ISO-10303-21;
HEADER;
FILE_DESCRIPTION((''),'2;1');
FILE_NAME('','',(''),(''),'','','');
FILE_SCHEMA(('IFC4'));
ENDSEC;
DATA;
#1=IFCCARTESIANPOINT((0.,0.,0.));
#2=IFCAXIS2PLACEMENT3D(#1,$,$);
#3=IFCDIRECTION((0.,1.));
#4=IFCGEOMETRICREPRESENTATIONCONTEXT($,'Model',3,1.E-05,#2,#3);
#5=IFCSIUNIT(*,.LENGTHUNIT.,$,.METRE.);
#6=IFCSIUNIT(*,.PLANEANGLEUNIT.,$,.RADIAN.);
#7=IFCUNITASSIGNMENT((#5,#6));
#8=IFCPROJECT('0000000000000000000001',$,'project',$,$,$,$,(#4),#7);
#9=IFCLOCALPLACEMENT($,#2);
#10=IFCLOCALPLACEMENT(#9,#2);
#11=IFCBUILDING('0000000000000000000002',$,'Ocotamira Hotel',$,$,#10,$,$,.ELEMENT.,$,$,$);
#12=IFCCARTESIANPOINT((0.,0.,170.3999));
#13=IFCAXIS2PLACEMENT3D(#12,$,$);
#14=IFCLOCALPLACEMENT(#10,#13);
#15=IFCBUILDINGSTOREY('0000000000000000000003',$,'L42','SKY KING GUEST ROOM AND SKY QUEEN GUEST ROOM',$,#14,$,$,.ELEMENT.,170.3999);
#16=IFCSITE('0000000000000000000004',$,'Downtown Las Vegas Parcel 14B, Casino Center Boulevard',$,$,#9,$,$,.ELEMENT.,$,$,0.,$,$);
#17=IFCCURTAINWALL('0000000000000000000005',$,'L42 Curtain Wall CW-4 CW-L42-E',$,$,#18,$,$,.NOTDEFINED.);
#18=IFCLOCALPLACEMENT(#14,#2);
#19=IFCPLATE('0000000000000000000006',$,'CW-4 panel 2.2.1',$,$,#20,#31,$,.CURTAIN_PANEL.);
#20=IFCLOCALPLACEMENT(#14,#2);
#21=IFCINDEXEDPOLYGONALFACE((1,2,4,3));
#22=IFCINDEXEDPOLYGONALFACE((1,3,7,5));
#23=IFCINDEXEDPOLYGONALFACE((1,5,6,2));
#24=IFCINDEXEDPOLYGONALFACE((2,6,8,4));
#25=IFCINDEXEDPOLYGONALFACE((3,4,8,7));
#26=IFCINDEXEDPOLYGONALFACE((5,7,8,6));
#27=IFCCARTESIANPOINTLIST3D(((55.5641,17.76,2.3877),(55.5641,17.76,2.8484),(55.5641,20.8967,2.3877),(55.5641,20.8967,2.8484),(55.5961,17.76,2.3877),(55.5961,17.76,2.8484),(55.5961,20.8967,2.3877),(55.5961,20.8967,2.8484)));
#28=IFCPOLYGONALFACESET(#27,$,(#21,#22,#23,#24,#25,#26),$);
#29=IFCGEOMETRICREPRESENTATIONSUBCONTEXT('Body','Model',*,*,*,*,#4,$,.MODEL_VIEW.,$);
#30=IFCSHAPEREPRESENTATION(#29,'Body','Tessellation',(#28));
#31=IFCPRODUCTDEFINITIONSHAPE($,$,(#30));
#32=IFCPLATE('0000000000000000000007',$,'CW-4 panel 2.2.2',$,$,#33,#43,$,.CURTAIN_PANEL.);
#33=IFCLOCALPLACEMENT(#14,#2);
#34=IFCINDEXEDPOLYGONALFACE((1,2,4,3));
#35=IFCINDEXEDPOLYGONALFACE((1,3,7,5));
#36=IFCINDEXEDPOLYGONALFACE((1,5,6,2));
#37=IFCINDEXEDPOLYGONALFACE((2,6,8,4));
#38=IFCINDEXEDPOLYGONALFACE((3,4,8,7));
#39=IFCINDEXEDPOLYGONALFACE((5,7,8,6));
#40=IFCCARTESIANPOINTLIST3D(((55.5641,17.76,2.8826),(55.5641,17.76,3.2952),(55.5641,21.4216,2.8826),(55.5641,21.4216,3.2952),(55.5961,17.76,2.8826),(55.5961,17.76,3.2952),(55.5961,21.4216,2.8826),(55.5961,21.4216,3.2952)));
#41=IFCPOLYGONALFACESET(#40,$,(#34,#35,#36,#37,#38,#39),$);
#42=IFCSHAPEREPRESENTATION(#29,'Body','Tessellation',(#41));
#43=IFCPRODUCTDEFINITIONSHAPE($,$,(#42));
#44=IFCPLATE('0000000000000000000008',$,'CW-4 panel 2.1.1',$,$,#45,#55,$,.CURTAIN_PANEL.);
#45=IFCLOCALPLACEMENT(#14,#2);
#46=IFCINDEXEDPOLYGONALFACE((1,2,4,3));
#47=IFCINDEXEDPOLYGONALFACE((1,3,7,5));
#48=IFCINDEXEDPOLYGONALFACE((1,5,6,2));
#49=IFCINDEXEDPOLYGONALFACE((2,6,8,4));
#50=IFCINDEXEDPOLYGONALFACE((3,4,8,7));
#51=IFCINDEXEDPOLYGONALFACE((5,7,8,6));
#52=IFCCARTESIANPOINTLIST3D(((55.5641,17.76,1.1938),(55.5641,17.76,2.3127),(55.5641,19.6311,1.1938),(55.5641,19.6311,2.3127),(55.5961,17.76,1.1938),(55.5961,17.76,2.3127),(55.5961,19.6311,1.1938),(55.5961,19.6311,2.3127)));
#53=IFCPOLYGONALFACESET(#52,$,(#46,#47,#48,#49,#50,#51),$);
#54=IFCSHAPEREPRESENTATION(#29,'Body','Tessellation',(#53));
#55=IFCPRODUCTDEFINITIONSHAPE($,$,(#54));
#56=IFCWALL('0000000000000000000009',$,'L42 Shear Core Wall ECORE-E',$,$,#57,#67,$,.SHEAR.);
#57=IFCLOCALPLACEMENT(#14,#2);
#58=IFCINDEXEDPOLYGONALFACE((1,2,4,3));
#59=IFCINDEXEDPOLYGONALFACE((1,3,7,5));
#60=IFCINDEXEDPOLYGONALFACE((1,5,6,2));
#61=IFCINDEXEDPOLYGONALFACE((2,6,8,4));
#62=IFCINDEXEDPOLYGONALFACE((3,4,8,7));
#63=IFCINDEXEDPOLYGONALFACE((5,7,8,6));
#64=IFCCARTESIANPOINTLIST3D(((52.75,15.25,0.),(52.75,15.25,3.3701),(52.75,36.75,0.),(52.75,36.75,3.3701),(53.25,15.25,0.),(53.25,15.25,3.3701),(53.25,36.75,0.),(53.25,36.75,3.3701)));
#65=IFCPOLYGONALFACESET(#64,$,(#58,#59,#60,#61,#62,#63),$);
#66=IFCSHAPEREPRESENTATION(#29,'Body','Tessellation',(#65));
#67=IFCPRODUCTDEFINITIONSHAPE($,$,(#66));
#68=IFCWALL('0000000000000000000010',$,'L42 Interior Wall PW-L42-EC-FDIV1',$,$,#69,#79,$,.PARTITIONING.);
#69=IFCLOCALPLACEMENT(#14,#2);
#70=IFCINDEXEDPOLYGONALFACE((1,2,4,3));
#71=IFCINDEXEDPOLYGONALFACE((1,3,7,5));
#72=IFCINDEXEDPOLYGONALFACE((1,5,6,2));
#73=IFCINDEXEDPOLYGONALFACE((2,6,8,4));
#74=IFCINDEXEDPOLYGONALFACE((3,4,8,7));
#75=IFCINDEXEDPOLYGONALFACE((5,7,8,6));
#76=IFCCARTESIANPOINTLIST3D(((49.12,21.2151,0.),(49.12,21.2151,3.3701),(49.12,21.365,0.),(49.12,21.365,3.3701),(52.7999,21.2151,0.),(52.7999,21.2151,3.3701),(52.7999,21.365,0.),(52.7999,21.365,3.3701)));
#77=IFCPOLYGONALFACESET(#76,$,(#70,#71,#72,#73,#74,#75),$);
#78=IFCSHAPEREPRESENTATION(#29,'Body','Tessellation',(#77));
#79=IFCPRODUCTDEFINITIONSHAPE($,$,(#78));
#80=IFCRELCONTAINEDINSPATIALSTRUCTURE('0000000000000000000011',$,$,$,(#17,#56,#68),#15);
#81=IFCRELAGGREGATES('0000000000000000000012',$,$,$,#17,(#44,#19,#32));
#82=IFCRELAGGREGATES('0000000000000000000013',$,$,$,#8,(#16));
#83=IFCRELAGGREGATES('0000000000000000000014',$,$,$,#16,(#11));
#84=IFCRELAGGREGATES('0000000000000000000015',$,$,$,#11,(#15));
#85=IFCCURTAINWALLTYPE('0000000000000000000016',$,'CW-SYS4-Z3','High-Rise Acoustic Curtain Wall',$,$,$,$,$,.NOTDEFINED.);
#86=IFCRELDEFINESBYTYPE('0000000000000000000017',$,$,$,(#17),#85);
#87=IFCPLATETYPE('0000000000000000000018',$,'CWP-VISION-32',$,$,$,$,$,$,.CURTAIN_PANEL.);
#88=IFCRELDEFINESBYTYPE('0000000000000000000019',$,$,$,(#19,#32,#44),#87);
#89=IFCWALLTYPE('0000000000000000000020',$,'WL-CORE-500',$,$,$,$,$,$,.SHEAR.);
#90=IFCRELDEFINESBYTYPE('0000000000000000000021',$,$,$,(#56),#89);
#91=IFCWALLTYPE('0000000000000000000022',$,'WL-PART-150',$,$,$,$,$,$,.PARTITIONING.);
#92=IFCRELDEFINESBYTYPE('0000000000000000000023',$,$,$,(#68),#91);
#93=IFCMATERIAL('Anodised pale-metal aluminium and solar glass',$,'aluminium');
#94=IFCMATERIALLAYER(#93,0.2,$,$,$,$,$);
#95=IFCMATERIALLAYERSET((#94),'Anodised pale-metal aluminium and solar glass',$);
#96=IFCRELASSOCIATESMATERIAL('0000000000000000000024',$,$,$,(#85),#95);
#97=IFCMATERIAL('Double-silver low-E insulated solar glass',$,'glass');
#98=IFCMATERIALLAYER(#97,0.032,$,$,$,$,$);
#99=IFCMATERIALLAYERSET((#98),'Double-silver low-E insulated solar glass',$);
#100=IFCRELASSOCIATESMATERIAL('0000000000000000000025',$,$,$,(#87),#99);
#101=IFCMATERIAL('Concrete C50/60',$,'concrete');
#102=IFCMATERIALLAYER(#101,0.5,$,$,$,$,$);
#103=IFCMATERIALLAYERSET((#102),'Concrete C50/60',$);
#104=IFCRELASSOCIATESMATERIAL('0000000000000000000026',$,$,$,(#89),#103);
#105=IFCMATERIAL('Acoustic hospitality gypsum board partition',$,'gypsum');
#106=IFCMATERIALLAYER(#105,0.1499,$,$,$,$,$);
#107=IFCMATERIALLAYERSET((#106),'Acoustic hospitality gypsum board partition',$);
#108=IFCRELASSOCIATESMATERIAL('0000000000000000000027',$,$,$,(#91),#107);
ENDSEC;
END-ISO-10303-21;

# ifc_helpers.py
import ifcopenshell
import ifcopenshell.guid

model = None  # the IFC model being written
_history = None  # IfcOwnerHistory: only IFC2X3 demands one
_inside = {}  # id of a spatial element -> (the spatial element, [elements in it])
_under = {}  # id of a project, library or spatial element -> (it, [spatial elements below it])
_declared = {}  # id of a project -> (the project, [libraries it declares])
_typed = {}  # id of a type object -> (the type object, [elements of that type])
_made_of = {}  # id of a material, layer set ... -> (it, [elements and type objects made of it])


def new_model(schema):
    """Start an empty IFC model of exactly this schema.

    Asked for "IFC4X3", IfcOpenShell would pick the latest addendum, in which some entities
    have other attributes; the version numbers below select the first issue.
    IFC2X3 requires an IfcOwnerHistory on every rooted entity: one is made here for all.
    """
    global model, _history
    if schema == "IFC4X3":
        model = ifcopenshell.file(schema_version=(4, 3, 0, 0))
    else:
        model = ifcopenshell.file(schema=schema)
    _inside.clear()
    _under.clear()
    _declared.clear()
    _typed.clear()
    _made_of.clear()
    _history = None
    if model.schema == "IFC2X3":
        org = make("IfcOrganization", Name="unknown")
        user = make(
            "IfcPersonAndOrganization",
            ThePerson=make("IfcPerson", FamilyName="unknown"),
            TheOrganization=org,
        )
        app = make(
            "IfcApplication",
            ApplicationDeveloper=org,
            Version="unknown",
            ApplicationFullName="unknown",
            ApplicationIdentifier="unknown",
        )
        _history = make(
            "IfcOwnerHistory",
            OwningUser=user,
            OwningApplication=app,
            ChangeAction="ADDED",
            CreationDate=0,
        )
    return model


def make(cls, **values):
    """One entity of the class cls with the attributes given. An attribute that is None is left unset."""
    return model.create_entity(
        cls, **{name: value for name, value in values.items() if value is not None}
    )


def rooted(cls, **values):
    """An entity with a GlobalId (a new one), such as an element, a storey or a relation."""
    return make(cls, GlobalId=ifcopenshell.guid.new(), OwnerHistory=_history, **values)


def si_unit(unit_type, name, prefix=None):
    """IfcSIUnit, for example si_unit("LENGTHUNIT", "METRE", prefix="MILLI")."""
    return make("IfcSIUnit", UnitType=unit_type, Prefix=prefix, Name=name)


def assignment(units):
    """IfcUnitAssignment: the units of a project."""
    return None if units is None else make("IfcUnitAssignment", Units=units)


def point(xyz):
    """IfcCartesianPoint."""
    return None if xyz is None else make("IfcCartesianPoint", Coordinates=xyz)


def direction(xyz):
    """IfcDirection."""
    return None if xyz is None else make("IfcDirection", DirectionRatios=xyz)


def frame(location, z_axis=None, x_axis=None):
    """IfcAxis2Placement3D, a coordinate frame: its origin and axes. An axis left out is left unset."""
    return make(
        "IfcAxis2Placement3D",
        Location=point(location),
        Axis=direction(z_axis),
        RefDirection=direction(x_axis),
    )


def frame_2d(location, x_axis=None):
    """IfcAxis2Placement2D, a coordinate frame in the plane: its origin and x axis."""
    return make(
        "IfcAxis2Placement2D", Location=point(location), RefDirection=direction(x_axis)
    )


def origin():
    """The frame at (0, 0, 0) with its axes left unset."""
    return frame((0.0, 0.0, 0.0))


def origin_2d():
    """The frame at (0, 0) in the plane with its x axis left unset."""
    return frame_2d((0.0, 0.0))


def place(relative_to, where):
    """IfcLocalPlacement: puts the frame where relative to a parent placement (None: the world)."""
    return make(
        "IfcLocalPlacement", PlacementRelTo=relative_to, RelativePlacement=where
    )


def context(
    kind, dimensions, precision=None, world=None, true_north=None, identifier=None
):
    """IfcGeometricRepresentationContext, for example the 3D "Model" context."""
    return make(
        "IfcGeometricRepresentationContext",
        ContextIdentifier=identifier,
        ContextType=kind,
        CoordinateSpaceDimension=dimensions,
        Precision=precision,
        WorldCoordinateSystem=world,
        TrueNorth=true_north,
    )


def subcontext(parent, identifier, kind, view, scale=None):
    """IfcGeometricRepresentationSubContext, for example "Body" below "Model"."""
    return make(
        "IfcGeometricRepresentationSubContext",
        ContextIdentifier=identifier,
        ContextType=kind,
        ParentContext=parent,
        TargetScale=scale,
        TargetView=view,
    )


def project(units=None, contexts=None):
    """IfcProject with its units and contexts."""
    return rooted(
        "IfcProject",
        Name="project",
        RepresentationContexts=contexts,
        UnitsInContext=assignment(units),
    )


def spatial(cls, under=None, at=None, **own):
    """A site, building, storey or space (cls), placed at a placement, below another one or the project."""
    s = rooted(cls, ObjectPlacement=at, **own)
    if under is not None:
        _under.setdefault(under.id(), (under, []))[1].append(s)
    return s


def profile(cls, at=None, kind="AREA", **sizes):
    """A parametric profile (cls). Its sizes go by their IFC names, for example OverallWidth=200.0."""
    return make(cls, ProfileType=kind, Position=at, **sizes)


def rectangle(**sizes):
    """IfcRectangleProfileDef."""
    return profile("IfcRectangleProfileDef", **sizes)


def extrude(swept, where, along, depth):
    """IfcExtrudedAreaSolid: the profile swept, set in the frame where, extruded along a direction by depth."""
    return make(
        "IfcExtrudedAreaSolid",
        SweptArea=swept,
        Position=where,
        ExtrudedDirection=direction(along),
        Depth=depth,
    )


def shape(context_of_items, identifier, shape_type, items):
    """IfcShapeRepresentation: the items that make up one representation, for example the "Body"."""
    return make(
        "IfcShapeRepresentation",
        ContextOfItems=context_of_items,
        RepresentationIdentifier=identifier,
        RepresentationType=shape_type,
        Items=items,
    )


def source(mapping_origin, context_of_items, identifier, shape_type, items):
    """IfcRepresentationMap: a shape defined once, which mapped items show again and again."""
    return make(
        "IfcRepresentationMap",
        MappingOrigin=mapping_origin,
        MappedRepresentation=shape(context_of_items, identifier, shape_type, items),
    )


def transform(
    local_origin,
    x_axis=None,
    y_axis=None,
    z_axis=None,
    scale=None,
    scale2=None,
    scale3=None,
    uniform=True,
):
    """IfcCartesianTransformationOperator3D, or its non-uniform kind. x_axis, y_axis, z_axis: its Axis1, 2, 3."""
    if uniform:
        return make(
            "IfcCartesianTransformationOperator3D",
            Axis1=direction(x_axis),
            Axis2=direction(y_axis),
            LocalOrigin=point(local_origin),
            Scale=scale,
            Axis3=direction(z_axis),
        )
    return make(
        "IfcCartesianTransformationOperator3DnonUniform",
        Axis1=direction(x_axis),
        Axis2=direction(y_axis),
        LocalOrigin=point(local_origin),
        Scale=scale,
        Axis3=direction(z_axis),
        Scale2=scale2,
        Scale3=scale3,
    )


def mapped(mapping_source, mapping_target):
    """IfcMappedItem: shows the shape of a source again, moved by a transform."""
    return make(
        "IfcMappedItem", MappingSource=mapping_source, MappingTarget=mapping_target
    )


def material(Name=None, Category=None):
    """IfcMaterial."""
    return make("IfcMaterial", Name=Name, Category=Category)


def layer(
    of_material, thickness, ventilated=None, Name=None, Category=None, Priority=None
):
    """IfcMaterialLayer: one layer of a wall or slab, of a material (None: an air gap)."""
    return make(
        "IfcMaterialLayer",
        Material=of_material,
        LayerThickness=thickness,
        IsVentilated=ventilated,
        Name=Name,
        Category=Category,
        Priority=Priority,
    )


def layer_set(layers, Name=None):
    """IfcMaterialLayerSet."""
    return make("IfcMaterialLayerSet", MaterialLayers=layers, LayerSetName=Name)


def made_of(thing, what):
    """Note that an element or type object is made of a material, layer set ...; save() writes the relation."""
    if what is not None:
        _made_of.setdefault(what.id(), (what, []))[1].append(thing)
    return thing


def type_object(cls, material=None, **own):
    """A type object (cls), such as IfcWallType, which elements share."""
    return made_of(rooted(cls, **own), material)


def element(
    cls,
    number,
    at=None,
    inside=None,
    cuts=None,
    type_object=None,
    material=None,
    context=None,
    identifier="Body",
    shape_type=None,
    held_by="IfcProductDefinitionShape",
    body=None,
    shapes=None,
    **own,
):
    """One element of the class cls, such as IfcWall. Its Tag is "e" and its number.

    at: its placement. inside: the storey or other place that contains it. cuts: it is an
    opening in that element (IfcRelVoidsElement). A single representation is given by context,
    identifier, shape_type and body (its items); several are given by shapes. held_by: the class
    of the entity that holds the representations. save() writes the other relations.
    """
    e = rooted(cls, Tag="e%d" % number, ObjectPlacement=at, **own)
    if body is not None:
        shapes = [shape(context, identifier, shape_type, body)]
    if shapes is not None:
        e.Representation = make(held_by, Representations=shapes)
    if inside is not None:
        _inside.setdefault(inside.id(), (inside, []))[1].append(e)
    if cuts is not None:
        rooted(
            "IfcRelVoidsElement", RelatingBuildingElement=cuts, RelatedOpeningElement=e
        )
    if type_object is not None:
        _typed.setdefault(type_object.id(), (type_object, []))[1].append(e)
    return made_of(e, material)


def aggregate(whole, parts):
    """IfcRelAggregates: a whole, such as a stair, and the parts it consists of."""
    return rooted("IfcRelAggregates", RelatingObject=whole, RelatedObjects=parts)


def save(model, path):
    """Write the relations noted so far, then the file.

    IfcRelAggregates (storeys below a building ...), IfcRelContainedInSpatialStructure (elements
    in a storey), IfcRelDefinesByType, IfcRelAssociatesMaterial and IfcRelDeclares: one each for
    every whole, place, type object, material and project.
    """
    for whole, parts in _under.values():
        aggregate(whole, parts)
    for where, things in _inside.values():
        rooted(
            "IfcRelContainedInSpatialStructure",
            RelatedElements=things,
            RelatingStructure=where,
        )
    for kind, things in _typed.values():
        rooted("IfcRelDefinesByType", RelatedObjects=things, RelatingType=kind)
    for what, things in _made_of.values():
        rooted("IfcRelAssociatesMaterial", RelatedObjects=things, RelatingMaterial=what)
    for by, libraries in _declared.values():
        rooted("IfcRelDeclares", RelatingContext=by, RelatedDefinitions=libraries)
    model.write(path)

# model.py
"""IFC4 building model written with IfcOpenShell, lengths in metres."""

from ifc_helpers import new_model, si_unit, direction, frame, frame_2d, origin, origin_2d, place, context, subcontext, project, spatial, rectangle, extrude, source, transform, mapped, material, layer, layer_set, type_object, element, aggregate, save


model = new_model("IFC4")

# Units and contexts
model_context = context("Model", 3, precision=1e-05, world=origin(), true_north=direction((0.0, 1.0)))
body_context = subcontext(model_context, "Body", "Model", "MODEL_VIEW")
ifc_project = project(units=[si_unit("LENGTHUNIT", "METRE"), si_unit("PLANEANGLEUNIT", "RADIAN")], contexts=[model_context])

# Site, building, storey
site_placement = place(None, origin())
site = spatial("IfcSite", under=ifc_project, at=site_placement, Name="Downtown Las Vegas Parcel 14B, Casino Center Boulevard", CompositionType="ELEMENT", RefElevation=0.0)
building_placement = place(site_placement, origin())
building = spatial("IfcBuilding", under=site, at=building_placement, Name="Ocotamira Hotel", CompositionType="ELEMENT")
storey_placement = place(building_placement, frame((0.0, 0.0, 170.3999)))
storey = spatial("IfcBuildingStorey", under=building, at=storey_placement, Name="L42", Description="SKY KING GUEST ROOM AND SKY QUEEN GUEST ROOM", CompositionType="ELEMENT", Elevation=170.3999)

# Curtain wall
ifc_material_1 = material(Name="Anodised pale-metal aluminium and solar glass", Category="aluminium")
ifc_layer_1 = layer(ifc_material_1, 0.2)
ifc_layer_set_1 = layer_set([ifc_layer_1], Name="Anodised pale-metal aluminium and solar glass")
curtain_wall_type = type_object("IfcCurtainWallType", Name="CW-SYS4-Z3", Description="High-Rise Acoustic Curtain Wall", PredefinedType="NOTDEFINED", material=ifc_layer_set_1)
curtain_wall_placement = place(storey_placement, origin())
curtain_wall = element("IfcCurtainWall", 1, at=curtain_wall_placement, inside=storey, type_object=curtain_wall_type, Name="L42 Curtain Wall CW-4 CW-L42-E", PredefinedType="NOTDEFINED")

# Plates
ifc_material_2 = material(Name="Double-silver low-E insulated solar glass", Category="glass")
ifc_layer_2 = layer(ifc_material_2, 0.032)
ifc_layer_set_2 = layer_set([ifc_layer_2], Name="Double-silver low-E insulated solar glass")
plate_type_1 = type_object("IfcPlateType", Name="CWP-VISION-32", PredefinedType="CURTAIN_PANEL", material=ifc_layer_set_2)
shared_shape_1 = source(origin(), body_context, "Body", "SweptSolid", [
    extrude(rectangle(XDim=3.1367, YDim=0.032, at=origin_2d()), origin(), (0.0, 0.0, 1.0), 0.4607),
])
plate_1_placement = place(storey_placement, frame((55.5801, 19.3284, 2.3877), z_axis=(0.0, 0.0, 1.0), x_axis=(0.0, 1.0, 0.0)))
plate_1 = element("IfcPlate", 2, at=plate_1_placement, type_object=plate_type_1, Name="CW-4 panel 2.2.1", PredefinedType="CURTAIN_PANEL", context=body_context, shape_type="MappedRepresentation", body=[
    mapped(shared_shape_1, transform((0.0, 0.0, 0.0), scale=1.0)),
])
shared_shape_2 = source(origin(), body_context, "Body", "SweptSolid", [
    extrude(rectangle(XDim=3.6616, YDim=0.032, at=origin_2d()), origin(), (0.0, 0.0, 1.0), 0.4126),
])
plate_2_placement = place(storey_placement, frame((55.5801, 19.5908, 2.8826), z_axis=(0.0, 0.0, 1.0), x_axis=(0.0, 1.0, 0.0)))
plate_2 = element("IfcPlate", 3, at=plate_2_placement, type_object=plate_type_1, Name="CW-4 panel 2.2.2", PredefinedType="CURTAIN_PANEL", context=body_context, shape_type="MappedRepresentation", body=[
    mapped(shared_shape_2, transform((0.0, 0.0, 0.0), scale=1.0)),
])
shared_shape_3 = source(origin(), body_context, "Body", "SweptSolid", [
    extrude(rectangle(XDim=1.8711, YDim=0.032, at=origin_2d()), origin(), (0.0, 0.0, 1.0), 1.1189),
])
plate_3_placement = place(storey_placement, frame((55.5801, 18.6956, 1.1938), z_axis=(0.0, 0.0, 1.0), x_axis=(0.0, 1.0, 0.0)))
plate_3 = element("IfcPlate", 4, at=plate_3_placement, type_object=plate_type_1, Name="CW-4 panel 2.1.1", PredefinedType="CURTAIN_PANEL", context=body_context, shape_type="MappedRepresentation", body=[
    mapped(shared_shape_3, transform((0.0, 0.0, 0.0), scale=1.0)),
])
aggregate(curtain_wall, [plate_3, plate_1, plate_2])

# Wall
ifc_material_3 = material(Name="Concrete C50/60", Category="concrete")
ifc_layer_3 = layer(ifc_material_3, 0.5)
ifc_layer_set_3 = layer_set([ifc_layer_3], Name="Concrete C50/60")
wall_type_1 = type_object("IfcWallType", Name="WL-CORE-500", PredefinedType="SHEAR", material=ifc_layer_set_3)
wall_1_placement = place(storey_placement, frame((53.0, 15.25, 0.0), z_axis=(0.0, 0.0, 1.0), x_axis=(0.0, 1.0, 0.0)))
element("IfcWall", 5, at=wall_1_placement, inside=storey, type_object=wall_type_1, Name="L42 Shear Core Wall ECORE-E", PredefinedType="SHEAR", context=body_context, shape_type="SweptSolid", body=[
    extrude(rectangle(XDim=21.5, YDim=0.5, at=frame_2d((10.75, 0.0))), origin(), (0.0, 0.0, 1.0), 3.3701),
])

# Wall
ifc_material_4 = material(Name="Acoustic hospitality gypsum board partition", Category="gypsum")
ifc_layer_4 = layer(ifc_material_4, 0.1499)
ifc_layer_set_4 = layer_set([ifc_layer_4], Name="Acoustic hospitality gypsum board partition")
wall_type_2 = type_object("IfcWallType", Name="WL-PART-150", PredefinedType="PARTITIONING", material=ifc_layer_set_4)
wall_2_placement = place(storey_placement, frame((49.1201, 21.29, 0.0), z_axis=(0.0, 0.0, 1.0), x_axis=(1.0, 0.0, 0.0)))
element("IfcWall", 6, at=wall_2_placement, inside=storey, type_object=wall_type_2, Name="L42 Interior Wall PW-L42-EC-FDIV1", PredefinedType="PARTITIONING", context=body_context, shape_type="SweptSolid", body=[
    extrude(rectangle(XDim=3.6799, YDim=0.1499, at=frame_2d((1.8398, 0.0))), origin(), (0.0, 0.0, 1.0), 3.3701),
])

save(model, "model.ifc")
